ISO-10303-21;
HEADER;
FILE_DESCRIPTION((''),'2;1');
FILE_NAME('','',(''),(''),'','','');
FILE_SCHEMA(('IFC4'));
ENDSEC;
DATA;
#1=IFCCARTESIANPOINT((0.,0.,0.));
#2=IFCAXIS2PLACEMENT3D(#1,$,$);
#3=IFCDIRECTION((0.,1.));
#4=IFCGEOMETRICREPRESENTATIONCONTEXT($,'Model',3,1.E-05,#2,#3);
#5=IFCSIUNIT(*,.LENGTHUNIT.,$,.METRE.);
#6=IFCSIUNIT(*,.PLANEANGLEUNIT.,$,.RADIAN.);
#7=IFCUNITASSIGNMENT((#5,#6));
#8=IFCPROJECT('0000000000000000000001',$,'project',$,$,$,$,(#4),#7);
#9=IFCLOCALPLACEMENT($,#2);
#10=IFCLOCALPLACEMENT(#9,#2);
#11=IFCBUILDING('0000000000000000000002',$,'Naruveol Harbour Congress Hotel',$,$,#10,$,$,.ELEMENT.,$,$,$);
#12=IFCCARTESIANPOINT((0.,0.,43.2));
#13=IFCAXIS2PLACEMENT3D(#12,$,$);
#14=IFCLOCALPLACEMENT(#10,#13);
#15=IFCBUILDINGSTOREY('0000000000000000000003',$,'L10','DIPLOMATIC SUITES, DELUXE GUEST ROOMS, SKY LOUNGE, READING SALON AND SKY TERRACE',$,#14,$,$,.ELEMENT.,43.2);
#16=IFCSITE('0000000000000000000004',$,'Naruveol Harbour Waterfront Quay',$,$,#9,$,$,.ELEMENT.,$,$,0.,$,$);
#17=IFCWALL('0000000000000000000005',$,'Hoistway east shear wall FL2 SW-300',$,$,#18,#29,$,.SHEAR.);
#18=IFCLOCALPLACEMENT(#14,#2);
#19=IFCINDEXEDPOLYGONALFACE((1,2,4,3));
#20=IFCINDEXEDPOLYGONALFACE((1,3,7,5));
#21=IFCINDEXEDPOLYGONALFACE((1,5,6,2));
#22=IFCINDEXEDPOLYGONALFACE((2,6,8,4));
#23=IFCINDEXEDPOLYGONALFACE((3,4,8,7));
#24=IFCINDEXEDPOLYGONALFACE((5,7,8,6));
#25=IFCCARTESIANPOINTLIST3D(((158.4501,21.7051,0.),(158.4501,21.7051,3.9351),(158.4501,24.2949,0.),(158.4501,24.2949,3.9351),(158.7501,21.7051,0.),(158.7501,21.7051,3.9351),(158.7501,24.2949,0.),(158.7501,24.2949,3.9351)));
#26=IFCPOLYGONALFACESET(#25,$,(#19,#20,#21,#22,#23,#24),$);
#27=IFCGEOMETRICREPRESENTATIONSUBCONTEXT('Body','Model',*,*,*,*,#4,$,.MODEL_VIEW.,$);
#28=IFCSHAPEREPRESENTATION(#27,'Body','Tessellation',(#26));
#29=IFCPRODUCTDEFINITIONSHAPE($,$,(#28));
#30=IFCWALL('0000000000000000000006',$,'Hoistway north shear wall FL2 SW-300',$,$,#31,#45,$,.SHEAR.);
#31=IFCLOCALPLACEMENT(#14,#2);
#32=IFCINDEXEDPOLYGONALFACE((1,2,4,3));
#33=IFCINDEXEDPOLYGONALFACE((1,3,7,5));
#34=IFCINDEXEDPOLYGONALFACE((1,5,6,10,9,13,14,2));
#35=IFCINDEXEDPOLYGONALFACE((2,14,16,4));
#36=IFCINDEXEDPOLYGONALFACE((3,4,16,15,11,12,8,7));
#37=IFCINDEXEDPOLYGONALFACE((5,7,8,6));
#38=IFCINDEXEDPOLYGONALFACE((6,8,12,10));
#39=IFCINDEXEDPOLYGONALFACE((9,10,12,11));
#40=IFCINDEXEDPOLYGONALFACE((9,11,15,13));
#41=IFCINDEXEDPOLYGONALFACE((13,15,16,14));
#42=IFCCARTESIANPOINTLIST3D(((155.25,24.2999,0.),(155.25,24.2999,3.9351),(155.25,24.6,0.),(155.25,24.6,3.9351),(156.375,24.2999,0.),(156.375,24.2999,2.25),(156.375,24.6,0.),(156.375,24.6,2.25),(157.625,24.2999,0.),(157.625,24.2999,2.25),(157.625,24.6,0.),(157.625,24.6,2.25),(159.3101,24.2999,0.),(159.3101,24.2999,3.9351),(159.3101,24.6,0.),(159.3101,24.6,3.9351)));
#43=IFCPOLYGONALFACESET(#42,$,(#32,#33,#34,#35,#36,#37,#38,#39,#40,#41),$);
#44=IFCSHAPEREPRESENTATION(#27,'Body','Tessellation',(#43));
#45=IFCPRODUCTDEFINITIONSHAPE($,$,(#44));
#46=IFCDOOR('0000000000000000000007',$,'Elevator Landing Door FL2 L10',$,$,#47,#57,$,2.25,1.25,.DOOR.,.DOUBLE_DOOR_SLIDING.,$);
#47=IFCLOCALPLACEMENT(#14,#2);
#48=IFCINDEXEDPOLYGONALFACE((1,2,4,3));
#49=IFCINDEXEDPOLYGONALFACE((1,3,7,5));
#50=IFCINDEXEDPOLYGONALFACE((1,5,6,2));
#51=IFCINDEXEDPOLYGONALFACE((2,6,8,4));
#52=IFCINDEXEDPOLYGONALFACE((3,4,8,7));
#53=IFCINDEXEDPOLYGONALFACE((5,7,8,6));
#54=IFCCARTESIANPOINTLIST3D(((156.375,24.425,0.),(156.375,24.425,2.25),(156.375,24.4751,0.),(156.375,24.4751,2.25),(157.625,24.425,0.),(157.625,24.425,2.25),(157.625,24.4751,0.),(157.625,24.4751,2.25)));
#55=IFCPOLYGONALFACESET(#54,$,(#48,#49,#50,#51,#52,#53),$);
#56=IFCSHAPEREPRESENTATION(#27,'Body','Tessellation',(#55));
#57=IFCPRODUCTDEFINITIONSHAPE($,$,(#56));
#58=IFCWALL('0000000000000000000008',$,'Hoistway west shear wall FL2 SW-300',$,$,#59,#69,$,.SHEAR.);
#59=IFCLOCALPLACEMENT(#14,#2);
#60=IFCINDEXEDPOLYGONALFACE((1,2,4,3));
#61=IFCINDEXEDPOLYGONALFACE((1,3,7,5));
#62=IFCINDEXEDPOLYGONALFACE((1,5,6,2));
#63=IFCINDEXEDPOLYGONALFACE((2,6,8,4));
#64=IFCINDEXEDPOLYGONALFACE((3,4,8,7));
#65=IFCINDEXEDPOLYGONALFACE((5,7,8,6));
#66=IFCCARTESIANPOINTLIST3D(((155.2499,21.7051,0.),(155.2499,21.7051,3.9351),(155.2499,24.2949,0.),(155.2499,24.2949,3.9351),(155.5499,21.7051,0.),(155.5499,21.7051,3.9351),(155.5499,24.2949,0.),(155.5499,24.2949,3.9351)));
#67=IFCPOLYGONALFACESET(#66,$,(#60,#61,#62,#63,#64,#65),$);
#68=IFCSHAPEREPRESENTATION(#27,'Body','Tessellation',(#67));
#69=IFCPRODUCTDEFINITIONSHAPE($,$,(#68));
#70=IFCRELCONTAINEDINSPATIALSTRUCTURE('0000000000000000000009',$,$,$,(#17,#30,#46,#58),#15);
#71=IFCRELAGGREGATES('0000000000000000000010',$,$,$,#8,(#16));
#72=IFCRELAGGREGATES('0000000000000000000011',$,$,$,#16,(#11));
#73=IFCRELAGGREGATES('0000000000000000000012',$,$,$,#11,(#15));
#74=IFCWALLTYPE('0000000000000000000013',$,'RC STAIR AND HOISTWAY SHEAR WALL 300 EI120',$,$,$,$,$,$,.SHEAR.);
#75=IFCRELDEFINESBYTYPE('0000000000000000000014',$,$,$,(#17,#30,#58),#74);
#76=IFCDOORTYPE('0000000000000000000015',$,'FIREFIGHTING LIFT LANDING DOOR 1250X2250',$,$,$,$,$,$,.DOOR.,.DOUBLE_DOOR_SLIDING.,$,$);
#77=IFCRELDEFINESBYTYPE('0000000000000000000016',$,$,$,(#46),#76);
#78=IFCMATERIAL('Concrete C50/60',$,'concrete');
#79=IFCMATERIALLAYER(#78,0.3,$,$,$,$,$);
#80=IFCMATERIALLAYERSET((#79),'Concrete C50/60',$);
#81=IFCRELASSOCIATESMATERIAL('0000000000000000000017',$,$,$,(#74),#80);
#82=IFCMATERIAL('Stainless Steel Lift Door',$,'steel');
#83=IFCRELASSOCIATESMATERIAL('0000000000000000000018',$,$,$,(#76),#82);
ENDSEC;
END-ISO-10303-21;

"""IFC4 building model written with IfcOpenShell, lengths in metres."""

from ifc_helpers import new_model, si_unit, direction, frame, frame_2d, origin, place, context, subcontext, project, spatial, rectangle, extrude, material, layer, layer_set, type_object, element, fill, save


model = new_model("IFC4")

# Units and contexts
model_context = context("Model", 3, precision=1e-05, world=origin(), true_north=direction((0.0, 1.0)))
body_context = subcontext(model_context, "Body", "Model", "MODEL_VIEW")
ifc_project = project(units=[si_unit("LENGTHUNIT", "METRE"), si_unit("PLANEANGLEUNIT", "RADIAN")], contexts=[model_context])

# Site, building, storey
site_placement = place(None, origin())
site = spatial("IfcSite", under=ifc_project, at=site_placement, Name="Naruveol Harbour Waterfront Quay", CompositionType="ELEMENT", RefElevation=0.0)
building_placement = place(site_placement, origin())
building = spatial("IfcBuilding", under=site, at=building_placement, Name="Naruveol Harbour Congress Hotel", CompositionType="ELEMENT")
storey_placement = place(building_placement, frame((0.0, 0.0, 43.2)))
storey = spatial("IfcBuildingStorey", under=building, at=storey_placement, Name="L10", Description="DIPLOMATIC SUITES, DELUXE GUEST ROOMS, SKY LOUNGE, READING SALON AND SKY TERRACE", CompositionType="ELEMENT", Elevation=43.2)

# Wall
ifc_material_1 = material(Name="Concrete C50/60", Category="concrete")
ifc_layer_1 = layer(ifc_material_1, 0.3)
ifc_layer_set_1 = layer_set([ifc_layer_1], Name="Concrete C50/60")
wall_type_1 = type_object("IfcWallType", Name="RC STAIR AND HOISTWAY SHEAR WALL 300 EI120", PredefinedType="SHEAR", material=ifc_layer_set_1)
wall_1_placement = place(storey_placement, frame((158.6001, 21.7051, 0.0), z_axis=(0.0, 0.0, 1.0), x_axis=(0.0, 1.0, 0.0)))
element("IfcWall", 1, at=wall_1_placement, inside=storey, type_object=wall_type_1, Name="Hoistway east shear wall FL2 SW-300", PredefinedType="SHEAR", context=body_context, shape_type="SweptSolid", body=[
    extrude(rectangle(XDim=2.5898, YDim=0.3, at=frame_2d((1.2949, 0.0))), origin(), (0.0, 0.0, 1.0), 3.9351),
])

# Wall, opening, door
wall_2_placement = place(storey_placement, frame((159.3101, 24.45, 0.0), z_axis=(0.0, 0.0, 1.0), x_axis=(-1.0, 0.0, 0.0)))
wall_2 = element("IfcWall", 2, at=wall_2_placement, inside=storey, type_object=wall_type_1, Name="Hoistway north shear wall FL2 SW-300", PredefinedType="SHEAR", context=body_context, shape_type="SweptSolid", body=[
    extrude(rectangle(XDim=4.0601, YDim=0.3, at=frame_2d((2.03, 0.0))), origin(), (0.0, 0.0, 1.0), 3.9351),
])
opening_1_placement = place(wall_2_placement, frame((1.6851, 0.0, 0.0)))
opening_1 = element("IfcOpeningElement", 3, at=opening_1_placement, cuts=wall_2, PredefinedType="OPENING", context=body_context, shape_type="SweptSolid", body=[
    extrude(rectangle(XDim=1.25, YDim=2.25, at=frame_2d((0.625, 1.125))), frame((0.0, 0.1599, 0.0), z_axis=(0.0, -1.0, 0.0), x_axis=(1.0, 0.0, 0.0)), (0.0, 0.0, 1.0), 0.3201),
])
ifc_material_2 = material(Name="Stainless Steel Lift Door", Category="steel")
door_type_1 = type_object("IfcDoorType", Name="FIREFIGHTING LIFT LANDING DOOR 1250X2250", OperationType="DOUBLE_DOOR_SLIDING", PredefinedType="DOOR", material=ifc_material_2)
door_1_placement = place(opening_1_placement, origin())
door_1 = element("IfcDoor", 4, at=door_1_placement, inside=storey, type_object=door_type_1, Name="Elevator Landing Door FL2 L10", OperationType="DOUBLE_DOOR_SLIDING", OverallHeight=2.25, OverallWidth=1.25, PredefinedType="DOOR", context=body_context, shape_type="SweptSolid", body=[
    extrude(rectangle(XDim=1.25, YDim=2.25, at=frame_2d((0.625, 1.125))), frame((0.0, 0.0249, 0.0), z_axis=(0.0, -1.0, 0.0), x_axis=(1.0, 0.0, 0.0)), (0.0, 0.0, 1.0), 0.05),
])
fill(opening_1, door_1)

# Wall
wall_3_placement = place(storey_placement, frame((155.3999, 24.2949, 0.0), z_axis=(0.0, 0.0, 1.0), x_axis=(0.0, -1.0, 0.0)))
element("IfcWall", 5, at=wall_3_placement, inside=storey, type_object=wall_type_1, Name="Hoistway west shear wall FL2 SW-300", PredefinedType="SHEAR", context=body_context, shape_type="SweptSolid", body=[
    extrude(rectangle(XDim=2.5898, YDim=0.3, at=frame_2d((1.2949, 0.0))), origin(), (0.0, 0.0, 1.0), 3.9351),
])

save(model, "model.ifc")
